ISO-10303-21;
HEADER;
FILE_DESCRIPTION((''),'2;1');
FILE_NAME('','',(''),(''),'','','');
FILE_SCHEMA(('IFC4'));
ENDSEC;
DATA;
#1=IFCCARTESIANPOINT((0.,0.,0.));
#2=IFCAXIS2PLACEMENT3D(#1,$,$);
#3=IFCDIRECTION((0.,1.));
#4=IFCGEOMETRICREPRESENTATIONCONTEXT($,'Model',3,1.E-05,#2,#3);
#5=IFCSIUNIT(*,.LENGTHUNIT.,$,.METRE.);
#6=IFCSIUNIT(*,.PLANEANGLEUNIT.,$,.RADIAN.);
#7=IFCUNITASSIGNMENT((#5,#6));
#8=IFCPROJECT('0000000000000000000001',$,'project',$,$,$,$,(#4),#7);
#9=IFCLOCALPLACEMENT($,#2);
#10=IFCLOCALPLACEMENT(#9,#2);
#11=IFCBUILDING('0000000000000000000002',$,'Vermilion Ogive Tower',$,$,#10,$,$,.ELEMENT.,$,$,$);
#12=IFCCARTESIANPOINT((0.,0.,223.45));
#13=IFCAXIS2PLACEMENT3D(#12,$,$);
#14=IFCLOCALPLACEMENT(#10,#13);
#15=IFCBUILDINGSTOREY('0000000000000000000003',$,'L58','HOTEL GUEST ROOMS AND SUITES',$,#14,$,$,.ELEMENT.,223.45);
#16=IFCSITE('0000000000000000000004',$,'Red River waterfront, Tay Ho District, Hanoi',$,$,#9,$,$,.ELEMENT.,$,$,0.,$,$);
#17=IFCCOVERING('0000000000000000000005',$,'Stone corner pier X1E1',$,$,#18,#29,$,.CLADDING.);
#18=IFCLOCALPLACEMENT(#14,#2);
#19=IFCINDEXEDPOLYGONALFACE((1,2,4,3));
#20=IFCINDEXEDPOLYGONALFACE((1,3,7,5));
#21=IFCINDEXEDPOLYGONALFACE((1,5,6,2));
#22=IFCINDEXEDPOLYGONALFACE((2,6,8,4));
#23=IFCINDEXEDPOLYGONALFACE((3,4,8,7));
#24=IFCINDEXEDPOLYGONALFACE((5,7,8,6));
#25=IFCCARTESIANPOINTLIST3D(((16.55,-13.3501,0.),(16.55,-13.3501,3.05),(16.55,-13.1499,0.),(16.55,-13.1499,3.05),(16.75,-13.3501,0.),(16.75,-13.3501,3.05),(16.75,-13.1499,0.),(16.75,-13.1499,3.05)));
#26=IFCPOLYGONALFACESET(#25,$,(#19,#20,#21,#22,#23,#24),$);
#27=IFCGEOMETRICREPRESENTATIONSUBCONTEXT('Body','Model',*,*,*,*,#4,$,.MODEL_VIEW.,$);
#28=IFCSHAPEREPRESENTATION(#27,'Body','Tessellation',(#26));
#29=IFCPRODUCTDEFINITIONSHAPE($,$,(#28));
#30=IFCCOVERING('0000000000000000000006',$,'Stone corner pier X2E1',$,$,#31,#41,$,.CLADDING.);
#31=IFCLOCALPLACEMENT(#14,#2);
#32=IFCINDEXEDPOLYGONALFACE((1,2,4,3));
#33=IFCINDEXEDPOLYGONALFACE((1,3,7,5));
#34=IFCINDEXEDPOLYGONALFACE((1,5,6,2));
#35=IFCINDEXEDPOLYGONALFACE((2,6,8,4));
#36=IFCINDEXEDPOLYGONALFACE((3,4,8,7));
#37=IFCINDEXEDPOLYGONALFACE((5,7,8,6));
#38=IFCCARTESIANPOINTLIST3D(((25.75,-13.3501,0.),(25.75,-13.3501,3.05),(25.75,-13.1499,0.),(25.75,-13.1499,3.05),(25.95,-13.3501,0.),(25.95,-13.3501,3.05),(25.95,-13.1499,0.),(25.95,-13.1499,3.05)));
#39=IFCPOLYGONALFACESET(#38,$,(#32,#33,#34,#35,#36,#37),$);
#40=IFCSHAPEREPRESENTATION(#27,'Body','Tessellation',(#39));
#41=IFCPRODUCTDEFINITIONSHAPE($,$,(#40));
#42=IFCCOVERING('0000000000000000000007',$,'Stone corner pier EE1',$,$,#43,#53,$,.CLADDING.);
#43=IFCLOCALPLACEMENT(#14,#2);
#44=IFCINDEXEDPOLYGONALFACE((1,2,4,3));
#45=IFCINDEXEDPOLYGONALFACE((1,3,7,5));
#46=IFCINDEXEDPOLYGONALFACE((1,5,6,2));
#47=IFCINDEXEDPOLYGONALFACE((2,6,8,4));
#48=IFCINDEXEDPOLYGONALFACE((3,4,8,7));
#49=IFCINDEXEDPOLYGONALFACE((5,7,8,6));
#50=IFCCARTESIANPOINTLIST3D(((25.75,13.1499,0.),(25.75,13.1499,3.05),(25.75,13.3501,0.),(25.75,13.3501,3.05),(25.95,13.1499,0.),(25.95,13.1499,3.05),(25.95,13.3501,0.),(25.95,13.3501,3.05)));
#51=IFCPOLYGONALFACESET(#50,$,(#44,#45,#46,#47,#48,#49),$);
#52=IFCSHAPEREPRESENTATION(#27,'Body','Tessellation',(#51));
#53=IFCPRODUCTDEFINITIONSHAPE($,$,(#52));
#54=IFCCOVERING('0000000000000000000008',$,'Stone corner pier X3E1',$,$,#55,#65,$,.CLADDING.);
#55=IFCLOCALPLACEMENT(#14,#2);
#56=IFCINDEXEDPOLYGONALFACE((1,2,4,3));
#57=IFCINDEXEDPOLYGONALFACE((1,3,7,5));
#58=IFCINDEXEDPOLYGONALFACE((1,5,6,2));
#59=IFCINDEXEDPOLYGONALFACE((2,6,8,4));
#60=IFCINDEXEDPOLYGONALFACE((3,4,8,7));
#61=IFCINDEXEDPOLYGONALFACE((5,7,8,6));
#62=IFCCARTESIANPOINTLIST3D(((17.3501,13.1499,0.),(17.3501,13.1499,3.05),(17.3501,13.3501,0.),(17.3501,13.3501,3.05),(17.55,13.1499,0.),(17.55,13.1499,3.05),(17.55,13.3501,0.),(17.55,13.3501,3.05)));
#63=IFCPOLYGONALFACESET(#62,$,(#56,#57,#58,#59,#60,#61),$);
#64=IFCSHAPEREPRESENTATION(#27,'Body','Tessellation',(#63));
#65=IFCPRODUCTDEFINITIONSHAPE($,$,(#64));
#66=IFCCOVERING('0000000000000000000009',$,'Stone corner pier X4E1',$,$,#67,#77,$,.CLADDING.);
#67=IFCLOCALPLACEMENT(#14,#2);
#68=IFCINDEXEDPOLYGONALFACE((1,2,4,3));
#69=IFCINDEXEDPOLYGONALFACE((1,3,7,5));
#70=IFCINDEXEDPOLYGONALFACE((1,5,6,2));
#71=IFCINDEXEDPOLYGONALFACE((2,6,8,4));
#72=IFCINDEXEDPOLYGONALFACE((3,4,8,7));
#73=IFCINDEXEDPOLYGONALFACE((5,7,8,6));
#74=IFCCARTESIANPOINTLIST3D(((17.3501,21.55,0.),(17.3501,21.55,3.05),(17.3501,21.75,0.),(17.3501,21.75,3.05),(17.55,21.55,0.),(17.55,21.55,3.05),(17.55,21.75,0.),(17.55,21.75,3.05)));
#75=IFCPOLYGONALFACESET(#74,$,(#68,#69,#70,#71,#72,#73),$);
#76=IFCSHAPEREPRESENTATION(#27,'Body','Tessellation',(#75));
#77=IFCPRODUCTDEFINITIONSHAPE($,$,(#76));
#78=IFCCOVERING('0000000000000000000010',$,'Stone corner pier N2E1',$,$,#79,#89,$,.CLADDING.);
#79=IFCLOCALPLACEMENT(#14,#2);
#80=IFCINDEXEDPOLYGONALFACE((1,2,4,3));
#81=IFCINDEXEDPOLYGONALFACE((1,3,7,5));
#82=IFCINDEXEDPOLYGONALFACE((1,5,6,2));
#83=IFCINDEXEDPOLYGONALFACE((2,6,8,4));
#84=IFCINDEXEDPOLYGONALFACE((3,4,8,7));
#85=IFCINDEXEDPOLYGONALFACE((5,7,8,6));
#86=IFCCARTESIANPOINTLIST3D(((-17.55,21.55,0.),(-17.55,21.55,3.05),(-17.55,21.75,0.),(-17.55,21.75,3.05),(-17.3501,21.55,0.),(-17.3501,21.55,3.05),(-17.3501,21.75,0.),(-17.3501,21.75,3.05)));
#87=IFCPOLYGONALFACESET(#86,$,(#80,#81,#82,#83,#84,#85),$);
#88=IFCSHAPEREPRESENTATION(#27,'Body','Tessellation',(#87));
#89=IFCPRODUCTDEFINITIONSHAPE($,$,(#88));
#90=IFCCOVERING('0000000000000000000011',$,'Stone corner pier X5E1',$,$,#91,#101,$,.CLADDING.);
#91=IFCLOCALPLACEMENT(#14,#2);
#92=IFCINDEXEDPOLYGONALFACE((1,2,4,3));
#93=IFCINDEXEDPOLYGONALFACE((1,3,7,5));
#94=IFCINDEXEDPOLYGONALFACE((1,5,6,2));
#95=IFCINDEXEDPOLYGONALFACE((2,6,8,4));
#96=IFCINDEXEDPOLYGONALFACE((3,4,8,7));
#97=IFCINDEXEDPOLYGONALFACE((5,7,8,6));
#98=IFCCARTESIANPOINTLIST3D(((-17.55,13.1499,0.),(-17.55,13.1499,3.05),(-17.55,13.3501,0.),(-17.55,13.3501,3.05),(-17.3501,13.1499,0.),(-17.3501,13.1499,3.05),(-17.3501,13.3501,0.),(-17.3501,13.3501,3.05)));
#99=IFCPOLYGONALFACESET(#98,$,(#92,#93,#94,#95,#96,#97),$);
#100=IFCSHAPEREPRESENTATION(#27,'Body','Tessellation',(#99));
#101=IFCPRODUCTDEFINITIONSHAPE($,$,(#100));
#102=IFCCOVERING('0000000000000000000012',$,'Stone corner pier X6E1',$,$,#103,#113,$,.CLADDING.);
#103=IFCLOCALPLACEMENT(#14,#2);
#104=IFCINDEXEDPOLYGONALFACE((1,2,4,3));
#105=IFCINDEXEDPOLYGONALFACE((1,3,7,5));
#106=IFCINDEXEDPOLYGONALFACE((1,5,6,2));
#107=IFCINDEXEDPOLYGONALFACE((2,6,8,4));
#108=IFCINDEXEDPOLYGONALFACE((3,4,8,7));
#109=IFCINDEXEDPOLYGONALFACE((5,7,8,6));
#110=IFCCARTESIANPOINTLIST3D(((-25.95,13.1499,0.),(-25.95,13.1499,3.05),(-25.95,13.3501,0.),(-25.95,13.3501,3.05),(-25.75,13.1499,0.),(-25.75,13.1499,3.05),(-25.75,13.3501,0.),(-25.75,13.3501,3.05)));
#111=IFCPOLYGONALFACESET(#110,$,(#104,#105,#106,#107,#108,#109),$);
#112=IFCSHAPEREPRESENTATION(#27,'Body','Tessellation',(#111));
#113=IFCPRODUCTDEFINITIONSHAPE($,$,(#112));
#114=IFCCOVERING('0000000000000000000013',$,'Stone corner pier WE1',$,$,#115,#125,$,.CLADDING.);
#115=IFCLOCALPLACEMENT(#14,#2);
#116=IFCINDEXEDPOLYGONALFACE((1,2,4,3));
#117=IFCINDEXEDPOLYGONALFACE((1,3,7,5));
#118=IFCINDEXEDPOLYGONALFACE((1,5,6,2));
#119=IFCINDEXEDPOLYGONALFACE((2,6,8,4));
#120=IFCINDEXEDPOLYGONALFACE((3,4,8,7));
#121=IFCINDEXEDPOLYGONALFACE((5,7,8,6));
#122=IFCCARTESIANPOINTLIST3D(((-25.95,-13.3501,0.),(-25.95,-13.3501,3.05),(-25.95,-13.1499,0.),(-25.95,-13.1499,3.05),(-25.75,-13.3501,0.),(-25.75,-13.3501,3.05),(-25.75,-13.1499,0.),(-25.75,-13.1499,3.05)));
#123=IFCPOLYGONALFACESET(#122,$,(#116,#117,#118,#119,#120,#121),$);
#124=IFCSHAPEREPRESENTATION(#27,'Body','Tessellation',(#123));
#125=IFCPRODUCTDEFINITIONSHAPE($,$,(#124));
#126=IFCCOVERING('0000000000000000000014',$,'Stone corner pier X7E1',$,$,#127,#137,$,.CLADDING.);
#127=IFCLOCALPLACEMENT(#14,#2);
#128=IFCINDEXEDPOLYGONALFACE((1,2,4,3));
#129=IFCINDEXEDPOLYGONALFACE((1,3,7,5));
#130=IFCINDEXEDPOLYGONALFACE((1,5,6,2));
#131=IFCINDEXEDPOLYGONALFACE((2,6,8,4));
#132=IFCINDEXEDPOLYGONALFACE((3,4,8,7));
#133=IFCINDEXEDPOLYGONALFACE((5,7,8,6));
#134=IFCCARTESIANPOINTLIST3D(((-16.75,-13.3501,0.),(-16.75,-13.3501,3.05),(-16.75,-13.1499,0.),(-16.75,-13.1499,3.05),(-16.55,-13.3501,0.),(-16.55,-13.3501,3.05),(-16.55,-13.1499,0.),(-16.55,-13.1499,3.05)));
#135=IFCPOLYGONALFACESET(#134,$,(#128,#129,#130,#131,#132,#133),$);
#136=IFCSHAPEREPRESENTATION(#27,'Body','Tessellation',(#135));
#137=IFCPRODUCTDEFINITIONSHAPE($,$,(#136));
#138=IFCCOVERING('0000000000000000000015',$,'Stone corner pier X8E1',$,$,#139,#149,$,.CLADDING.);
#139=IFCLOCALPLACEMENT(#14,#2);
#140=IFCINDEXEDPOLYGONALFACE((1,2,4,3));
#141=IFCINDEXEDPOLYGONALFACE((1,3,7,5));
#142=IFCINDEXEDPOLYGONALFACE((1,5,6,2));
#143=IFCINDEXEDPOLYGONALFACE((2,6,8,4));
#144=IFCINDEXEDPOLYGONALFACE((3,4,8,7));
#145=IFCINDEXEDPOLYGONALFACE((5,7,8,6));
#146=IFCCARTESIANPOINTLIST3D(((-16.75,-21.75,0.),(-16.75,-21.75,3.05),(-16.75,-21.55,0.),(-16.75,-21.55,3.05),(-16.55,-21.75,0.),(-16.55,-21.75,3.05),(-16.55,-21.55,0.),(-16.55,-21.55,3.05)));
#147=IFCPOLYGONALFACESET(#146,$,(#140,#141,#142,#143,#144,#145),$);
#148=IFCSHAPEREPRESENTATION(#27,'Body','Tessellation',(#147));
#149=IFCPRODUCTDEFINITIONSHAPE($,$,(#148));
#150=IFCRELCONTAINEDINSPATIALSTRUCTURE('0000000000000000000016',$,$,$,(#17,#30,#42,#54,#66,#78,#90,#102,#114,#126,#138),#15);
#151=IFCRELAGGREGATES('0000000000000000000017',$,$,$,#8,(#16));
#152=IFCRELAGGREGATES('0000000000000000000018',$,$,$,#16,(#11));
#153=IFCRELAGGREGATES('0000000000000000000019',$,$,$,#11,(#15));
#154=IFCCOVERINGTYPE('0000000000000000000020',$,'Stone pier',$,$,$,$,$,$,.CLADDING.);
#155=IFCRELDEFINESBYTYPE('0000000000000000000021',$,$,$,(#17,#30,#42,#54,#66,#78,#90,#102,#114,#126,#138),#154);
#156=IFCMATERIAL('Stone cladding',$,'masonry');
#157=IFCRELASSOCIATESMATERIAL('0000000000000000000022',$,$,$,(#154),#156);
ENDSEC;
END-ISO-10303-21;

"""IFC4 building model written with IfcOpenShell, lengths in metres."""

from ifc_helpers import new_model, si_unit, direction, frame, origin, place, context, subcontext, project, spatial, polyline, outline, extrude, material, type_object, element, save


model = new_model("IFC4")

# Units and contexts
model_context = context("Model", 3, precision=1e-05, world=origin(), true_north=direction((0.0, 1.0)))
body_context = subcontext(model_context, "Body", "Model", "MODEL_VIEW")
ifc_project = project(units=[si_unit("LENGTHUNIT", "METRE"), si_unit("PLANEANGLEUNIT", "RADIAN")], contexts=[model_context])

# Site, building, storey
site_placement = place(None, origin())
site = spatial("IfcSite", under=ifc_project, at=site_placement, Name="Red River waterfront, Tay Ho District, Hanoi", CompositionType="ELEMENT", RefElevation=0.0)
building_placement = place(site_placement, origin())
building = spatial("IfcBuilding", under=site, at=building_placement, Name="Vermilion Ogive Tower", CompositionType="ELEMENT")
storey_placement = place(building_placement, frame((0.0, 0.0, 223.45)))
storey = spatial("IfcBuildingStorey", under=building, at=storey_placement, Name="L58", Description="HOTEL GUEST ROOMS AND SUITES", CompositionType="ELEMENT", Elevation=223.45)

# Coverings
ifc_material_1 = material(Name="Stone cladding", Category="masonry")
covering_type_1 = type_object("IfcCoveringType", Name="Stone pier", PredefinedType="CLADDING", material=ifc_material_1)
covering_1_placement = place(storey_placement, origin())
element("IfcCovering", 1, at=covering_1_placement, inside=storey, type_object=covering_type_1, Name="Stone corner pier X1E1", PredefinedType="CLADDING", context=body_context, shape_type="SweptSolid", body=[
    extrude(outline(polyline([(16.55, -13.1499), (16.75, -13.1499), (16.75, -13.3501), (16.55, -13.3501), (16.55, -13.1499)])), origin(), (0.0, 0.0, 1.0), 3.05),
])
covering_2_placement = place(storey_placement, origin())
element("IfcCovering", 2, at=covering_2_placement, inside=storey, type_object=covering_type_1, Name="Stone corner pier X2E1", PredefinedType="CLADDING", context=body_context, shape_type="SweptSolid", body=[
    extrude(outline(polyline([(25.75, -13.1499), (25.95, -13.1499), (25.95, -13.3501), (25.75, -13.3501), (25.75, -13.1499)])), origin(), (0.0, 0.0, 1.0), 3.05),
])
covering_3_placement = place(storey_placement, origin())
element("IfcCovering", 3, at=covering_3_placement, inside=storey, type_object=covering_type_1, Name="Stone corner pier EE1", PredefinedType="CLADDING", context=body_context, shape_type="SweptSolid", body=[
    extrude(outline(polyline([(25.75, 13.1499), (25.75, 13.3501), (25.95, 13.3501), (25.95, 13.1499), (25.75, 13.1499)])), origin(), (0.0, 0.0, 1.0), 3.05),
])
covering_4_placement = place(storey_placement, origin())
element("IfcCovering", 4, at=covering_4_placement, inside=storey, type_object=covering_type_1, Name="Stone corner pier X3E1", PredefinedType="CLADDING", context=body_context, shape_type="SweptSolid", body=[
    extrude(outline(polyline([(17.3501, 13.1499), (17.3501, 13.3501), (17.55, 13.3501), (17.55, 13.1499), (17.3501, 13.1499)])), origin(), (0.0, 0.0, 1.0), 3.05),
])
covering_5_placement = place(storey_placement, origin())
element("IfcCovering", 5, at=covering_5_placement, inside=storey, type_object=covering_type_1, Name="Stone corner pier X4E1", PredefinedType="CLADDING", context=body_context, shape_type="SweptSolid", body=[
    extrude(outline(polyline([(17.3501, 21.55), (17.3501, 21.75), (17.55, 21.75), (17.55, 21.55), (17.3501, 21.55)])), origin(), (0.0, 0.0, 1.0), 3.05),
])
covering_6_placement = place(storey_placement, origin())
element("IfcCovering", 6, at=covering_6_placement, inside=storey, type_object=covering_type_1, Name="Stone corner pier N2E1", PredefinedType="CLADDING", context=body_context, shape_type="SweptSolid", body=[
    extrude(outline(polyline([(-17.3501, 21.55), (-17.55, 21.55), (-17.55, 21.75), (-17.3501, 21.75), (-17.3501, 21.55)])), origin(), (0.0, 0.0, 1.0), 3.05),
])
covering_7_placement = place(storey_placement, origin())
element("IfcCovering", 7, at=covering_7_placement, inside=storey, type_object=covering_type_1, Name="Stone corner pier X5E1", PredefinedType="CLADDING", context=body_context, shape_type="SweptSolid", body=[
    extrude(outline(polyline([(-17.3501, 13.1499), (-17.55, 13.1499), (-17.55, 13.3501), (-17.3501, 13.3501), (-17.3501, 13.1499)])), origin(), (0.0, 0.0, 1.0), 3.05),
])
covering_8_placement = place(storey_placement, origin())
element("IfcCovering", 8, at=covering_8_placement, inside=storey, type_object=covering_type_1, Name="Stone corner pier X6E1", PredefinedType="CLADDING", context=body_context, shape_type="SweptSolid", body=[
    extrude(outline(polyline([(-25.75, 13.1499), (-25.95, 13.1499), (-25.95, 13.3501), (-25.75, 13.3501), (-25.75, 13.1499)])), origin(), (0.0, 0.0, 1.0), 3.05),
])
covering_9_placement = place(storey_placement, origin())
element("IfcCovering", 9, at=covering_9_placement, inside=storey, type_object=covering_type_1, Name="Stone corner pier WE1", PredefinedType="CLADDING", context=body_context, shape_type="SweptSolid", body=[
    extrude(outline(polyline([(-25.75, -13.1499), (-25.75, -13.3501), (-25.95, -13.3501), (-25.95, -13.1499), (-25.75, -13.1499)])), origin(), (0.0, 0.0, 1.0), 3.05),
])
covering_10_placement = place(storey_placement, origin())
element("IfcCovering", 10, at=covering_10_placement, inside=storey, type_object=covering_type_1, Name="Stone corner pier X7E1", PredefinedType="CLADDING", context=body_context, shape_type="SweptSolid", body=[
    extrude(outline(polyline([(-16.55, -13.1499), (-16.55, -13.3501), (-16.75, -13.3501), (-16.75, -13.1499), (-16.55, -13.1499)])), origin(), (0.0, 0.0, 1.0), 3.05),
])
covering_11_placement = place(storey_placement, origin())
element("IfcCovering", 11, at=covering_11_placement, inside=storey, type_object=covering_type_1, Name="Stone corner pier X8E1", PredefinedType="CLADDING", context=body_context, shape_type="SweptSolid", body=[
    extrude(outline(polyline([(-16.55, -21.55), (-16.55, -21.75), (-16.75, -21.75), (-16.75, -21.55), (-16.55, -21.55)])), origin(), (0.0, 0.0, 1.0), 3.05),
])

save(model, "model.ifc")
